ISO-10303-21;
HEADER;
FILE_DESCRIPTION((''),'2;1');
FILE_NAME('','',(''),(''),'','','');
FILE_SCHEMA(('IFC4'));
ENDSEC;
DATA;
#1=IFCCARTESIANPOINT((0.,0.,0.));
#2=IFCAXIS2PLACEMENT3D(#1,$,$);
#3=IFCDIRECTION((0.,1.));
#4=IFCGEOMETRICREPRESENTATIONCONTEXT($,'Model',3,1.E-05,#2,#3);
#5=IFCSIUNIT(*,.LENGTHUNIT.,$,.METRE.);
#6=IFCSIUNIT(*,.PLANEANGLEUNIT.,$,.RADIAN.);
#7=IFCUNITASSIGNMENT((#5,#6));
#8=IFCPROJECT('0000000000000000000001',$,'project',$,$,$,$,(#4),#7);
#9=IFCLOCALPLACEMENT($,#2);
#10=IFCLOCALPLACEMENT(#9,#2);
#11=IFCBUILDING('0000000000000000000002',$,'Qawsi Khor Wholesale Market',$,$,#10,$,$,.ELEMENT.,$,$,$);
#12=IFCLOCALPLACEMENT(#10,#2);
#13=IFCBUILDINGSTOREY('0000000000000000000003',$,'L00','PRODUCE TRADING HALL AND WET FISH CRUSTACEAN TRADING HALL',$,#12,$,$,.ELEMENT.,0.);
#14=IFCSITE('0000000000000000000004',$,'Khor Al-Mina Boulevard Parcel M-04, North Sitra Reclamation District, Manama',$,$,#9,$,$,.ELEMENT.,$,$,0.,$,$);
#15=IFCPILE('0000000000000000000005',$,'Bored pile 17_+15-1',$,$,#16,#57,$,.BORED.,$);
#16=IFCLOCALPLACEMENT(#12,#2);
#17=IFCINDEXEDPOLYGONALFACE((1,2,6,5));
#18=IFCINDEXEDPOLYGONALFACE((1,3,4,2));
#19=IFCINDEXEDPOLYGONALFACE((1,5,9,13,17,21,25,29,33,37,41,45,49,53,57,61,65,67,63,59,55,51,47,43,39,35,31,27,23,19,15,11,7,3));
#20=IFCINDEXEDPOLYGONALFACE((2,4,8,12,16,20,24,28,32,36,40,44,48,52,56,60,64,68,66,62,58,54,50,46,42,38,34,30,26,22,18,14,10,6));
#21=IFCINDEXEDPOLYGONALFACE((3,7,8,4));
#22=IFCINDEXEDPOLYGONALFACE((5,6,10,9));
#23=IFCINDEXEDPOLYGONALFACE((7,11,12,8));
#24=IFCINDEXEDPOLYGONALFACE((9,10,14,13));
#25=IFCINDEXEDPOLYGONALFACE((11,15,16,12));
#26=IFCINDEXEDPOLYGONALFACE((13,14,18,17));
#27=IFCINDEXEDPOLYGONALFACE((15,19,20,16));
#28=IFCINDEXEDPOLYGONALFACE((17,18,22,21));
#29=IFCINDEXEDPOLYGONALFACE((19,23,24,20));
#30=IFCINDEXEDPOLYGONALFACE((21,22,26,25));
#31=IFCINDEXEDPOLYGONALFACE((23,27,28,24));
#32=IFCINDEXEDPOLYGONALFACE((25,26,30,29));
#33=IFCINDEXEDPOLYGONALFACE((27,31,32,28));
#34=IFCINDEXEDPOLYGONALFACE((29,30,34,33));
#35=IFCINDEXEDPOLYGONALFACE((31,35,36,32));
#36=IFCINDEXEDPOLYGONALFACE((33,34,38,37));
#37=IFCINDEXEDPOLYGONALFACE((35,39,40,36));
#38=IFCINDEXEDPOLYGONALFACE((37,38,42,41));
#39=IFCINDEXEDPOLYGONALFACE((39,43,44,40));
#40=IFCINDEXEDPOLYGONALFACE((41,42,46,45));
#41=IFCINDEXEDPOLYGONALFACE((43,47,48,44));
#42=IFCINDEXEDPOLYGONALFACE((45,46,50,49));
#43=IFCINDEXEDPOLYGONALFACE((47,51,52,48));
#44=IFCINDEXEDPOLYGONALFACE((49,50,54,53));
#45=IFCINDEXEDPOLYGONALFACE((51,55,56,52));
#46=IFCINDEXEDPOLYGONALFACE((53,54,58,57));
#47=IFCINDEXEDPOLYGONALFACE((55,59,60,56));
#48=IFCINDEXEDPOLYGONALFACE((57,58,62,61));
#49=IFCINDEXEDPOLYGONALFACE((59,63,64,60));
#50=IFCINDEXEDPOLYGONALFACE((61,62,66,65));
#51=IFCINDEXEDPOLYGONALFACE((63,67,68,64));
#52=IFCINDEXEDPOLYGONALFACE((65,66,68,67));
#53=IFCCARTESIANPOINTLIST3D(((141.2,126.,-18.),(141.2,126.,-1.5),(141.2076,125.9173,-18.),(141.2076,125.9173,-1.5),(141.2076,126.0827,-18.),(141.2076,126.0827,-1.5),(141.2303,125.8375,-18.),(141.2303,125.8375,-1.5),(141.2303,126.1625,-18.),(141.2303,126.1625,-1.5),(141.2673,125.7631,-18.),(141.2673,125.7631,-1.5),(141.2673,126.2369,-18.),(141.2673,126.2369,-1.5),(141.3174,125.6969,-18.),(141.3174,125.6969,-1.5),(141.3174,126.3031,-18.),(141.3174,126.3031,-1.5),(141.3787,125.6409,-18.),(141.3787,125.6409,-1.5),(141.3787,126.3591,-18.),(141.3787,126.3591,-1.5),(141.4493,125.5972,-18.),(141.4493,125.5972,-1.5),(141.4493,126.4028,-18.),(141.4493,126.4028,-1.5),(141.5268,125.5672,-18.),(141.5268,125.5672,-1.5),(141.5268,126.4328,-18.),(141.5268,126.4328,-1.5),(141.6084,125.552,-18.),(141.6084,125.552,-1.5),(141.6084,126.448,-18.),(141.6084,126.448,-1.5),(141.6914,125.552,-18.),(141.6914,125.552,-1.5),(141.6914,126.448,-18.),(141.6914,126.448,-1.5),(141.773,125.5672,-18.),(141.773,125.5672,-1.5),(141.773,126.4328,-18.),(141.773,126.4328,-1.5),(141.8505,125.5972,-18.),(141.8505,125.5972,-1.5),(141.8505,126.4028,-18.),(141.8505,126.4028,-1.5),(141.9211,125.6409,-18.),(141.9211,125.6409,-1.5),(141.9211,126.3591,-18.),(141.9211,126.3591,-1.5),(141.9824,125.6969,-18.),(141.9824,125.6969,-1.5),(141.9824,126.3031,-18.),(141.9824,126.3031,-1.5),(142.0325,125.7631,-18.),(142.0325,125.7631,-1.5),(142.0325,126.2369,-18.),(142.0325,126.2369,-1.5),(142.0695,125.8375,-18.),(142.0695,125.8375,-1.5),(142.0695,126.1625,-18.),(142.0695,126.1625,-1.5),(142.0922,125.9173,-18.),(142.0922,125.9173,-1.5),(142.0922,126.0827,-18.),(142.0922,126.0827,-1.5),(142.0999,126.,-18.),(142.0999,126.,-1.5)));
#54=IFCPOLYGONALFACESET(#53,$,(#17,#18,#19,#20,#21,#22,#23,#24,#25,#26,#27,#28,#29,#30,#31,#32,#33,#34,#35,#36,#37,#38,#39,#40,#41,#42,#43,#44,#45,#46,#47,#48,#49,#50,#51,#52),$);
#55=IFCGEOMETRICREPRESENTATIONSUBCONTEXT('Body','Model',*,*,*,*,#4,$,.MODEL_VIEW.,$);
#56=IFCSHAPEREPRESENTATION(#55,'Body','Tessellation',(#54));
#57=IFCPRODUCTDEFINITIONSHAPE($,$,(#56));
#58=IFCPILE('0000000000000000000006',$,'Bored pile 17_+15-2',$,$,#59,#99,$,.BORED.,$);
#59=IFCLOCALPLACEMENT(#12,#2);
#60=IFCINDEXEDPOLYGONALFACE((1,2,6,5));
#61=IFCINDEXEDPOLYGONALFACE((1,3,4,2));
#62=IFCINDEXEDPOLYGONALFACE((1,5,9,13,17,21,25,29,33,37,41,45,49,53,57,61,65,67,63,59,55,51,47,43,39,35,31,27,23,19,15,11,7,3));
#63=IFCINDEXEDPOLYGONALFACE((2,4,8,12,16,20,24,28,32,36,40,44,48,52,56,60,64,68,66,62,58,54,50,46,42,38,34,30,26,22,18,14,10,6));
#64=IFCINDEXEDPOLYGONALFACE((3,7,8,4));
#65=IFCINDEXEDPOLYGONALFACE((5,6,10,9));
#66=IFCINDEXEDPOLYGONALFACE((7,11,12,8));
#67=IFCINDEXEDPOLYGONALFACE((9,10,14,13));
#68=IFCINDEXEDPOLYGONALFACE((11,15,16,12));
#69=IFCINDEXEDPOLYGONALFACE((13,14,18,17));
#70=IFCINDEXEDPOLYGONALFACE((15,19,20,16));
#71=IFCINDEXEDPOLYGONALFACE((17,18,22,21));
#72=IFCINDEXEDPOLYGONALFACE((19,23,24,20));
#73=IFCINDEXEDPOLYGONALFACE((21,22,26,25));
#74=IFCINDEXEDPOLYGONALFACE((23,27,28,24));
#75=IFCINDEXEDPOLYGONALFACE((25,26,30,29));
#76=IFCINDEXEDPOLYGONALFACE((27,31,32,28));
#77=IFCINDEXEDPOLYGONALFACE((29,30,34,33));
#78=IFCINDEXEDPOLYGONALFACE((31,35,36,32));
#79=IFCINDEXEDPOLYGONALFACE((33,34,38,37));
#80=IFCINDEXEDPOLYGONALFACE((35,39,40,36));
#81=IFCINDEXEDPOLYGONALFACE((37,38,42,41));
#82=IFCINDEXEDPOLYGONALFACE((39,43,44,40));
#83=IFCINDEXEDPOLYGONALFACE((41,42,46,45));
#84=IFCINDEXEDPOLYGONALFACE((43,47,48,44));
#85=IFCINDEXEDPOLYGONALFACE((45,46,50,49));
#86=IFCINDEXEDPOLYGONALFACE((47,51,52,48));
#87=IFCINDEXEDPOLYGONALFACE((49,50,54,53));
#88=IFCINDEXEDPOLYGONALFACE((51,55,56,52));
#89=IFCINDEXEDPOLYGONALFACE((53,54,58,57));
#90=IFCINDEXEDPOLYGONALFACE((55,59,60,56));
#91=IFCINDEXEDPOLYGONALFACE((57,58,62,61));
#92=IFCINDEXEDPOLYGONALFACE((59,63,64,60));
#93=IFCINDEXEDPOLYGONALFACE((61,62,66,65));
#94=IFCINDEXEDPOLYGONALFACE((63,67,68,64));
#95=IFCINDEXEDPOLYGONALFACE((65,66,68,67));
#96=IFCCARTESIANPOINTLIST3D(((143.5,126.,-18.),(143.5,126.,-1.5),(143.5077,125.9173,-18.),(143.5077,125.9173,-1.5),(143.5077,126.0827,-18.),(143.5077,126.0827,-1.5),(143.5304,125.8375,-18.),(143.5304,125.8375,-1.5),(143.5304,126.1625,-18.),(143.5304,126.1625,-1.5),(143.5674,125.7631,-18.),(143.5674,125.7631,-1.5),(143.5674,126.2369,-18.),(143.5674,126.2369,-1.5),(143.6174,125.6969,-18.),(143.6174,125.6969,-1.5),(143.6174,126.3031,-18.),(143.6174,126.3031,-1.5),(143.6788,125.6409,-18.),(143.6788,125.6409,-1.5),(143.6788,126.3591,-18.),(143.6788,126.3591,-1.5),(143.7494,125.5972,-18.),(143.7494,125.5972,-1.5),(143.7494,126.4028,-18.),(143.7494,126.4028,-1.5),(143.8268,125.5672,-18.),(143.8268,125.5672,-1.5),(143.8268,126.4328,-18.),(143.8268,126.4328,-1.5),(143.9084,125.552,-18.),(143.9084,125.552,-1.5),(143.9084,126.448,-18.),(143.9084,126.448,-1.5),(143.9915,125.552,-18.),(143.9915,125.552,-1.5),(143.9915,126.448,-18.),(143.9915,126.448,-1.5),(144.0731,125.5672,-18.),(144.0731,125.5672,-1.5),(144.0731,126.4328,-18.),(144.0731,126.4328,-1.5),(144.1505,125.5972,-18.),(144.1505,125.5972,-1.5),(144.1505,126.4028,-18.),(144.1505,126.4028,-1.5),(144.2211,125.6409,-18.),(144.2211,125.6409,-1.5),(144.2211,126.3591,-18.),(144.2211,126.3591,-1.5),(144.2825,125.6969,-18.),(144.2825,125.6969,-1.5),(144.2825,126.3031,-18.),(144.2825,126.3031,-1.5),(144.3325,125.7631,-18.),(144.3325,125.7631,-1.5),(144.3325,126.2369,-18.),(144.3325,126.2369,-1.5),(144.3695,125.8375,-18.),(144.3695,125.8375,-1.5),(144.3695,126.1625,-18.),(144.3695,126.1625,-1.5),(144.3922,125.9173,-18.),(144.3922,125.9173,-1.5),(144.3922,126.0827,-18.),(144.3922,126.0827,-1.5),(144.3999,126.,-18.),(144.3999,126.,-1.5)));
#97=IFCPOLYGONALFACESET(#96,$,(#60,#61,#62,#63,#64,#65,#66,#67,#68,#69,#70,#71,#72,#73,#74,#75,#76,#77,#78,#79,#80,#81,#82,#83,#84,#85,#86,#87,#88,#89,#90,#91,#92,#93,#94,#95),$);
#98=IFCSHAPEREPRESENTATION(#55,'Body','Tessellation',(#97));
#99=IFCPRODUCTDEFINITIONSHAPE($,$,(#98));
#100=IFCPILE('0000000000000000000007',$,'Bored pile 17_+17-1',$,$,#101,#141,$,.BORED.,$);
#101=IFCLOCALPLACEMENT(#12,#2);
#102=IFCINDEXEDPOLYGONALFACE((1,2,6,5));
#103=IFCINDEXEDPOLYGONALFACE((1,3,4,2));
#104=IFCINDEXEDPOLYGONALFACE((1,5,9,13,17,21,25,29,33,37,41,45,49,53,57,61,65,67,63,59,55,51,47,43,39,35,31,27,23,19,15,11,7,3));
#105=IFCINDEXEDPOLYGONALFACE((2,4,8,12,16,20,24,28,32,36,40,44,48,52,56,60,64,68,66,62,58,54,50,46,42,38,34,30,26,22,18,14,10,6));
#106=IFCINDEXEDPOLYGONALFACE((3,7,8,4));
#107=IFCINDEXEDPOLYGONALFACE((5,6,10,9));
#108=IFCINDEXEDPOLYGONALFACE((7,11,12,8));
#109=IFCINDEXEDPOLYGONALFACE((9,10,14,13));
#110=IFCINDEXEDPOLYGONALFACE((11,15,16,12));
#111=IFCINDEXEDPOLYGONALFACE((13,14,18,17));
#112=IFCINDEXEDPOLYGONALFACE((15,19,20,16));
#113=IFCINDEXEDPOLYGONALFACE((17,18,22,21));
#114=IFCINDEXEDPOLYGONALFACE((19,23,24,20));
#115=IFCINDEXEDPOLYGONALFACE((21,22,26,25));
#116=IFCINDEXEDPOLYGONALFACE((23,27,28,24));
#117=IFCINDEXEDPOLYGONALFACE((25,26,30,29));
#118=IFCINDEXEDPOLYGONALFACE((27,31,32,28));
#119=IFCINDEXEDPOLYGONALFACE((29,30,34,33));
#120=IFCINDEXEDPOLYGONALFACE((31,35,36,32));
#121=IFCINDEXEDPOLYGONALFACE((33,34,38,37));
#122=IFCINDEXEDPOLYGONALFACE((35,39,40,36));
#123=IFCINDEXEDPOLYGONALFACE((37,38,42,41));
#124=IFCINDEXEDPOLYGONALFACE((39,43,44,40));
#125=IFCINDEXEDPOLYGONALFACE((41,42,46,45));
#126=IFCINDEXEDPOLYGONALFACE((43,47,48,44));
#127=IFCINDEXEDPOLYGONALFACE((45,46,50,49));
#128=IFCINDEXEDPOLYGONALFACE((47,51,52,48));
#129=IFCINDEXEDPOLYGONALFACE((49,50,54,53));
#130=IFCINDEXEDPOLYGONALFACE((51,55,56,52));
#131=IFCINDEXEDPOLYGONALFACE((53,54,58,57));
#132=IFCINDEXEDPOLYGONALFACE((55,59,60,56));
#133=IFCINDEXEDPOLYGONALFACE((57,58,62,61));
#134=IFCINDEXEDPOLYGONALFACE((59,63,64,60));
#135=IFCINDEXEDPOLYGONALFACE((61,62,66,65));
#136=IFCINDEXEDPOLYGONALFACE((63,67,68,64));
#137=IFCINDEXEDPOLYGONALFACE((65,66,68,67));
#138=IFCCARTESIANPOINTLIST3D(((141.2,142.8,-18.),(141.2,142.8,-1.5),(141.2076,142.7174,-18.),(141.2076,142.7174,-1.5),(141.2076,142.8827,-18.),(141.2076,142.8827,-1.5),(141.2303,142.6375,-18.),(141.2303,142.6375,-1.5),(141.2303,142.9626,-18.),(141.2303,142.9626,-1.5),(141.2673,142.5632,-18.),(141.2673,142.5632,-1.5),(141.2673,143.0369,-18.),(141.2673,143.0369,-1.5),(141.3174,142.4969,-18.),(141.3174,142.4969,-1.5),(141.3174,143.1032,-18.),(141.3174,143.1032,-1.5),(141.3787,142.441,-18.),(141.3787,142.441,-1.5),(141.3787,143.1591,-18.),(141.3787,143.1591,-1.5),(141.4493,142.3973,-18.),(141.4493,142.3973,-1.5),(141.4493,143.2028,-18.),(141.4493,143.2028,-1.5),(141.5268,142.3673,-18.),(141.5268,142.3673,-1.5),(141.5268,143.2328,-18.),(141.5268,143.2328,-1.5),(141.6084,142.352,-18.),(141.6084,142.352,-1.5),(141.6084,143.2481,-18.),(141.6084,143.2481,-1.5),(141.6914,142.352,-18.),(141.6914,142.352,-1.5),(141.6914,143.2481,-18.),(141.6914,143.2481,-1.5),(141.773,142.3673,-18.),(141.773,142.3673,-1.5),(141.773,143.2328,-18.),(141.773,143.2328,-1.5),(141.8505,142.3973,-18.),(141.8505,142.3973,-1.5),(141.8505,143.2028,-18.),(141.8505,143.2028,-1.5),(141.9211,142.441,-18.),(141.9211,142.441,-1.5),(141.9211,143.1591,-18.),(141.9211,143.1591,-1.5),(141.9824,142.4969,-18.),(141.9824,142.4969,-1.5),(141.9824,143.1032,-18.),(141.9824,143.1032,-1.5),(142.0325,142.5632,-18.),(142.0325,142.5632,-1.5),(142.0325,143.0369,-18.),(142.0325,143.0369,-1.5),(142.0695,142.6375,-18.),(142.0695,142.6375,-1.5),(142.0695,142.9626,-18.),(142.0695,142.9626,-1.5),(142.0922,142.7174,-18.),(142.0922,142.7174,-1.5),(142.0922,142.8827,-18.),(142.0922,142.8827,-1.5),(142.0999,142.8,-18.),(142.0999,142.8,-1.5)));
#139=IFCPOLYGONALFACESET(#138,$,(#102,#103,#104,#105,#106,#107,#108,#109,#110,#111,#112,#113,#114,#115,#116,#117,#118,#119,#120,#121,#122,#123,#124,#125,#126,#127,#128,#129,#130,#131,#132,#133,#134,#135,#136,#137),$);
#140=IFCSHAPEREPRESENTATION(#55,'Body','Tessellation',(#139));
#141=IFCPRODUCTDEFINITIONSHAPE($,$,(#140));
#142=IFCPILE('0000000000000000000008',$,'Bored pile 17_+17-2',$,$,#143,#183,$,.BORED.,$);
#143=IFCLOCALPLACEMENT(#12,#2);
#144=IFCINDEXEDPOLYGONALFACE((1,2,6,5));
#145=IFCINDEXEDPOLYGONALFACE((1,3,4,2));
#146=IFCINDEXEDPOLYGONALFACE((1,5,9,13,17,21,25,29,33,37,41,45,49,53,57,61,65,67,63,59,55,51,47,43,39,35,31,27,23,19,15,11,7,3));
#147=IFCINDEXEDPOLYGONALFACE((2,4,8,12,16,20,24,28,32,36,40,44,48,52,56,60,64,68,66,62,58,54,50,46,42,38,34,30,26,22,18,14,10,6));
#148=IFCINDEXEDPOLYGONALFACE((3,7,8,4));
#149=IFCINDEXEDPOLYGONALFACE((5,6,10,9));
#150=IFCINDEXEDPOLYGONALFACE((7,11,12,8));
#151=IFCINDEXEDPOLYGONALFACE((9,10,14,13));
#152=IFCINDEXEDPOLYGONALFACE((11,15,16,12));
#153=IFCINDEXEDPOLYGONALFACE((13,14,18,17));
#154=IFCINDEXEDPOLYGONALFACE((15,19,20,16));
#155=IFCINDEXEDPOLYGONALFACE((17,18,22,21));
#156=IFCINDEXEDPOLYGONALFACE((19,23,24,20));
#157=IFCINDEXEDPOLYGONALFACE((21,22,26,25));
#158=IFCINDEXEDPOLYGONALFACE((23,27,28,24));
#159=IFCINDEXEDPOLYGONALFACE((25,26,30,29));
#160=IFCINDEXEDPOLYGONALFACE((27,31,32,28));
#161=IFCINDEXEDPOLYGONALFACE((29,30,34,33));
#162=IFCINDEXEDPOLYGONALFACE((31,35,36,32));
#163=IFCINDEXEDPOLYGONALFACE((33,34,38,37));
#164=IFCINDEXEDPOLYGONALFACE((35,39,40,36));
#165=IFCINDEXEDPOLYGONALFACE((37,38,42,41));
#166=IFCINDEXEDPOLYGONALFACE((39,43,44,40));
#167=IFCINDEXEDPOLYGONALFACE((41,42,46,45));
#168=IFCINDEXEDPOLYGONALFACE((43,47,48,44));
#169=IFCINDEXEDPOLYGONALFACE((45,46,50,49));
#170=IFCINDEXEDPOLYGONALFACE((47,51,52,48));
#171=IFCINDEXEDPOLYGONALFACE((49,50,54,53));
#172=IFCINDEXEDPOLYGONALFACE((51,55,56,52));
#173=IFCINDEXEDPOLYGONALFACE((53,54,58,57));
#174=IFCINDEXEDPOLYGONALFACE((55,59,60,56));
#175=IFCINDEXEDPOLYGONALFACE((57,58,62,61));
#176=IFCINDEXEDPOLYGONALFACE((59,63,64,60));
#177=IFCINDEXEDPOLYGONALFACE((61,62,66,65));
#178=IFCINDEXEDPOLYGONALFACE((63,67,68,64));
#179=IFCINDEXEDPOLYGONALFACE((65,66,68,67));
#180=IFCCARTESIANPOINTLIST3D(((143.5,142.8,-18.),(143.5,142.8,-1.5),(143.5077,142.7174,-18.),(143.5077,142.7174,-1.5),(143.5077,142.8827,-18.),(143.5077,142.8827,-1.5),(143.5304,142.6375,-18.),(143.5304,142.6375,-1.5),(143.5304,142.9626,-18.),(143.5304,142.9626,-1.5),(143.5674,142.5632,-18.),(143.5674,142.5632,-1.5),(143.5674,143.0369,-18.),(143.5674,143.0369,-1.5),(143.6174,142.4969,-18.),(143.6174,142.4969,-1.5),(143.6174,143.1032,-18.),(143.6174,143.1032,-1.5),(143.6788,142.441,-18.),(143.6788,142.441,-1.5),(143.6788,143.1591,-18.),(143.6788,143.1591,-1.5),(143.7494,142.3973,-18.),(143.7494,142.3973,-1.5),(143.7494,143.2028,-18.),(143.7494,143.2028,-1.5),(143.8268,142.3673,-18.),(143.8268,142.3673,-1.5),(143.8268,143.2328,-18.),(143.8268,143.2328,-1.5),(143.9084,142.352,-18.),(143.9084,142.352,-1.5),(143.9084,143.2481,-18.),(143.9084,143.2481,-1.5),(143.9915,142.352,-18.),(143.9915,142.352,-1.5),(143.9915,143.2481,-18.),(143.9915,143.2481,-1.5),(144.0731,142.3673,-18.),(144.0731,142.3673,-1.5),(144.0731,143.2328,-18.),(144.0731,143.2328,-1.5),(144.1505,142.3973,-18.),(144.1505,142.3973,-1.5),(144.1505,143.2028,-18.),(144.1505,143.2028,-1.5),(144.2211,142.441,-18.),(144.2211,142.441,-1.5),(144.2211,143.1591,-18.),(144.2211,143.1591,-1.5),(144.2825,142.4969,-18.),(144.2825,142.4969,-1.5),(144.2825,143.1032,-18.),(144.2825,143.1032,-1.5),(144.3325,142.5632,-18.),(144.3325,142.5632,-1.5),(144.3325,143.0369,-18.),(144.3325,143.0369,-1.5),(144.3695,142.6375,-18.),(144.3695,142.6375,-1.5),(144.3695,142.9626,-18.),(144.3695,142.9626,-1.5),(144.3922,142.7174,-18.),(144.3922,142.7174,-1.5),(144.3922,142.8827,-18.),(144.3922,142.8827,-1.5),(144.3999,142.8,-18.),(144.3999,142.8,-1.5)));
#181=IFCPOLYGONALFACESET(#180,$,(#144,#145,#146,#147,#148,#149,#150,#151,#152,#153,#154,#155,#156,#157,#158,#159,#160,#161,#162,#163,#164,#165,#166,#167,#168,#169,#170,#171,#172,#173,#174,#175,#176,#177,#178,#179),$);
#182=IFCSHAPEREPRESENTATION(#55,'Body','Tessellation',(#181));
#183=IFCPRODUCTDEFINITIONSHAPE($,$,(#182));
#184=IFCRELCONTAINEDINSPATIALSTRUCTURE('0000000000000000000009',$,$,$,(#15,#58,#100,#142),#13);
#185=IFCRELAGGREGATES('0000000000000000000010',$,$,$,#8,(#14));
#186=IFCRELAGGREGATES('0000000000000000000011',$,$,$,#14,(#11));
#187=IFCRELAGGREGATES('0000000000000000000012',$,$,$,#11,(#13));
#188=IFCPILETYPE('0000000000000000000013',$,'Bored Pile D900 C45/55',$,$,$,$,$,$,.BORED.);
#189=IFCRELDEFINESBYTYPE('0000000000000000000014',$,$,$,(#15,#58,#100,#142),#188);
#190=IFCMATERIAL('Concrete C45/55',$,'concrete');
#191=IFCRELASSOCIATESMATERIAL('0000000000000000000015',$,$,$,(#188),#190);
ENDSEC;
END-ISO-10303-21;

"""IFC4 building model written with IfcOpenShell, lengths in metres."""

from ifc_helpers import new_model, si_unit, direction, frame, origin, origin_2d, place, context, subcontext, project, spatial, circle, extrude, material, material_profile, profile_set, type_object, element, save


model = new_model("IFC4")

# Units and contexts
model_context = context("Model", 3, precision=1e-05, world=origin(), true_north=direction((0.0, 1.0)))
body_context = subcontext(model_context, "Body", "Model", "MODEL_VIEW")
ifc_project = project(units=[si_unit("LENGTHUNIT", "METRE"), si_unit("PLANEANGLEUNIT", "RADIAN")], contexts=[model_context])

# Site, building, storey
site_placement = place(None, origin())
site = spatial("IfcSite", under=ifc_project, at=site_placement, Name="Khor Al-Mina Boulevard Parcel M-04, North Sitra Reclamation District, Manama", CompositionType="ELEMENT", RefElevation=0.0)
building_placement = place(site_placement, origin())
building = spatial("IfcBuilding", under=site, at=building_placement, Name="Qawsi Khor Wholesale Market", CompositionType="ELEMENT")
storey_placement = place(building_placement, origin())
storey = spatial("IfcBuildingStorey", under=building, at=storey_placement, Name="L00", Description="PRODUCE TRADING HALL AND WET FISH CRUSTACEAN TRADING HALL", CompositionType="ELEMENT", Elevation=0.0)

# Piles
ifc_material_1 = material(Name="Concrete C45/55", Category="concrete")
ifc_material_profile_1 = material_profile(ifc_material_1, circle(Radius=0.45, at=origin_2d()), Name="PILE D900")
ifc_profile_set_1 = profile_set([ifc_material_profile_1], Name="Concrete C45/55")
pile_type = type_object("IfcPileType", Name="Bored Pile D900 C45/55", PredefinedType="BORED", material=ifc_profile_set_1)
for number, where, z_axis, x_axis, name in (
    (1, (141.6499, 126.0, -1.5), (0.0, 0.0, -1.0), (1.0, 0.0, 0.0), "Bored pile 17_+15-1"),
    (2, (143.95, 126.0, -1.5), (0.0, 0.0, -1.0), (1.0, 0.0, 0.0), "Bored pile 17_+15-2"),
    (3, (141.6499, 142.8, -1.5), (0.0, 0.0, -1.0), (1.0, 0.0, 0.0), "Bored pile 17_+17-1"),
    (4, (143.95, 142.8, -1.5), (0.0, 0.0, -1.0), (1.0, 0.0, 0.0), "Bored pile 17_+17-2"),
):
    element("IfcPile", number, at=place(storey_placement, frame(where, z_axis=z_axis, x_axis=x_axis)), inside=storey, type_object=pile_type, Name=name, PredefinedType="BORED", context=body_context, shape_type="SweptSolid", body=[
        extrude(circle(Radius=0.45, at=origin_2d()), origin(), (0.0, 0.0, 1.0), 16.5),
    ])

save(model, "model.ifc")
